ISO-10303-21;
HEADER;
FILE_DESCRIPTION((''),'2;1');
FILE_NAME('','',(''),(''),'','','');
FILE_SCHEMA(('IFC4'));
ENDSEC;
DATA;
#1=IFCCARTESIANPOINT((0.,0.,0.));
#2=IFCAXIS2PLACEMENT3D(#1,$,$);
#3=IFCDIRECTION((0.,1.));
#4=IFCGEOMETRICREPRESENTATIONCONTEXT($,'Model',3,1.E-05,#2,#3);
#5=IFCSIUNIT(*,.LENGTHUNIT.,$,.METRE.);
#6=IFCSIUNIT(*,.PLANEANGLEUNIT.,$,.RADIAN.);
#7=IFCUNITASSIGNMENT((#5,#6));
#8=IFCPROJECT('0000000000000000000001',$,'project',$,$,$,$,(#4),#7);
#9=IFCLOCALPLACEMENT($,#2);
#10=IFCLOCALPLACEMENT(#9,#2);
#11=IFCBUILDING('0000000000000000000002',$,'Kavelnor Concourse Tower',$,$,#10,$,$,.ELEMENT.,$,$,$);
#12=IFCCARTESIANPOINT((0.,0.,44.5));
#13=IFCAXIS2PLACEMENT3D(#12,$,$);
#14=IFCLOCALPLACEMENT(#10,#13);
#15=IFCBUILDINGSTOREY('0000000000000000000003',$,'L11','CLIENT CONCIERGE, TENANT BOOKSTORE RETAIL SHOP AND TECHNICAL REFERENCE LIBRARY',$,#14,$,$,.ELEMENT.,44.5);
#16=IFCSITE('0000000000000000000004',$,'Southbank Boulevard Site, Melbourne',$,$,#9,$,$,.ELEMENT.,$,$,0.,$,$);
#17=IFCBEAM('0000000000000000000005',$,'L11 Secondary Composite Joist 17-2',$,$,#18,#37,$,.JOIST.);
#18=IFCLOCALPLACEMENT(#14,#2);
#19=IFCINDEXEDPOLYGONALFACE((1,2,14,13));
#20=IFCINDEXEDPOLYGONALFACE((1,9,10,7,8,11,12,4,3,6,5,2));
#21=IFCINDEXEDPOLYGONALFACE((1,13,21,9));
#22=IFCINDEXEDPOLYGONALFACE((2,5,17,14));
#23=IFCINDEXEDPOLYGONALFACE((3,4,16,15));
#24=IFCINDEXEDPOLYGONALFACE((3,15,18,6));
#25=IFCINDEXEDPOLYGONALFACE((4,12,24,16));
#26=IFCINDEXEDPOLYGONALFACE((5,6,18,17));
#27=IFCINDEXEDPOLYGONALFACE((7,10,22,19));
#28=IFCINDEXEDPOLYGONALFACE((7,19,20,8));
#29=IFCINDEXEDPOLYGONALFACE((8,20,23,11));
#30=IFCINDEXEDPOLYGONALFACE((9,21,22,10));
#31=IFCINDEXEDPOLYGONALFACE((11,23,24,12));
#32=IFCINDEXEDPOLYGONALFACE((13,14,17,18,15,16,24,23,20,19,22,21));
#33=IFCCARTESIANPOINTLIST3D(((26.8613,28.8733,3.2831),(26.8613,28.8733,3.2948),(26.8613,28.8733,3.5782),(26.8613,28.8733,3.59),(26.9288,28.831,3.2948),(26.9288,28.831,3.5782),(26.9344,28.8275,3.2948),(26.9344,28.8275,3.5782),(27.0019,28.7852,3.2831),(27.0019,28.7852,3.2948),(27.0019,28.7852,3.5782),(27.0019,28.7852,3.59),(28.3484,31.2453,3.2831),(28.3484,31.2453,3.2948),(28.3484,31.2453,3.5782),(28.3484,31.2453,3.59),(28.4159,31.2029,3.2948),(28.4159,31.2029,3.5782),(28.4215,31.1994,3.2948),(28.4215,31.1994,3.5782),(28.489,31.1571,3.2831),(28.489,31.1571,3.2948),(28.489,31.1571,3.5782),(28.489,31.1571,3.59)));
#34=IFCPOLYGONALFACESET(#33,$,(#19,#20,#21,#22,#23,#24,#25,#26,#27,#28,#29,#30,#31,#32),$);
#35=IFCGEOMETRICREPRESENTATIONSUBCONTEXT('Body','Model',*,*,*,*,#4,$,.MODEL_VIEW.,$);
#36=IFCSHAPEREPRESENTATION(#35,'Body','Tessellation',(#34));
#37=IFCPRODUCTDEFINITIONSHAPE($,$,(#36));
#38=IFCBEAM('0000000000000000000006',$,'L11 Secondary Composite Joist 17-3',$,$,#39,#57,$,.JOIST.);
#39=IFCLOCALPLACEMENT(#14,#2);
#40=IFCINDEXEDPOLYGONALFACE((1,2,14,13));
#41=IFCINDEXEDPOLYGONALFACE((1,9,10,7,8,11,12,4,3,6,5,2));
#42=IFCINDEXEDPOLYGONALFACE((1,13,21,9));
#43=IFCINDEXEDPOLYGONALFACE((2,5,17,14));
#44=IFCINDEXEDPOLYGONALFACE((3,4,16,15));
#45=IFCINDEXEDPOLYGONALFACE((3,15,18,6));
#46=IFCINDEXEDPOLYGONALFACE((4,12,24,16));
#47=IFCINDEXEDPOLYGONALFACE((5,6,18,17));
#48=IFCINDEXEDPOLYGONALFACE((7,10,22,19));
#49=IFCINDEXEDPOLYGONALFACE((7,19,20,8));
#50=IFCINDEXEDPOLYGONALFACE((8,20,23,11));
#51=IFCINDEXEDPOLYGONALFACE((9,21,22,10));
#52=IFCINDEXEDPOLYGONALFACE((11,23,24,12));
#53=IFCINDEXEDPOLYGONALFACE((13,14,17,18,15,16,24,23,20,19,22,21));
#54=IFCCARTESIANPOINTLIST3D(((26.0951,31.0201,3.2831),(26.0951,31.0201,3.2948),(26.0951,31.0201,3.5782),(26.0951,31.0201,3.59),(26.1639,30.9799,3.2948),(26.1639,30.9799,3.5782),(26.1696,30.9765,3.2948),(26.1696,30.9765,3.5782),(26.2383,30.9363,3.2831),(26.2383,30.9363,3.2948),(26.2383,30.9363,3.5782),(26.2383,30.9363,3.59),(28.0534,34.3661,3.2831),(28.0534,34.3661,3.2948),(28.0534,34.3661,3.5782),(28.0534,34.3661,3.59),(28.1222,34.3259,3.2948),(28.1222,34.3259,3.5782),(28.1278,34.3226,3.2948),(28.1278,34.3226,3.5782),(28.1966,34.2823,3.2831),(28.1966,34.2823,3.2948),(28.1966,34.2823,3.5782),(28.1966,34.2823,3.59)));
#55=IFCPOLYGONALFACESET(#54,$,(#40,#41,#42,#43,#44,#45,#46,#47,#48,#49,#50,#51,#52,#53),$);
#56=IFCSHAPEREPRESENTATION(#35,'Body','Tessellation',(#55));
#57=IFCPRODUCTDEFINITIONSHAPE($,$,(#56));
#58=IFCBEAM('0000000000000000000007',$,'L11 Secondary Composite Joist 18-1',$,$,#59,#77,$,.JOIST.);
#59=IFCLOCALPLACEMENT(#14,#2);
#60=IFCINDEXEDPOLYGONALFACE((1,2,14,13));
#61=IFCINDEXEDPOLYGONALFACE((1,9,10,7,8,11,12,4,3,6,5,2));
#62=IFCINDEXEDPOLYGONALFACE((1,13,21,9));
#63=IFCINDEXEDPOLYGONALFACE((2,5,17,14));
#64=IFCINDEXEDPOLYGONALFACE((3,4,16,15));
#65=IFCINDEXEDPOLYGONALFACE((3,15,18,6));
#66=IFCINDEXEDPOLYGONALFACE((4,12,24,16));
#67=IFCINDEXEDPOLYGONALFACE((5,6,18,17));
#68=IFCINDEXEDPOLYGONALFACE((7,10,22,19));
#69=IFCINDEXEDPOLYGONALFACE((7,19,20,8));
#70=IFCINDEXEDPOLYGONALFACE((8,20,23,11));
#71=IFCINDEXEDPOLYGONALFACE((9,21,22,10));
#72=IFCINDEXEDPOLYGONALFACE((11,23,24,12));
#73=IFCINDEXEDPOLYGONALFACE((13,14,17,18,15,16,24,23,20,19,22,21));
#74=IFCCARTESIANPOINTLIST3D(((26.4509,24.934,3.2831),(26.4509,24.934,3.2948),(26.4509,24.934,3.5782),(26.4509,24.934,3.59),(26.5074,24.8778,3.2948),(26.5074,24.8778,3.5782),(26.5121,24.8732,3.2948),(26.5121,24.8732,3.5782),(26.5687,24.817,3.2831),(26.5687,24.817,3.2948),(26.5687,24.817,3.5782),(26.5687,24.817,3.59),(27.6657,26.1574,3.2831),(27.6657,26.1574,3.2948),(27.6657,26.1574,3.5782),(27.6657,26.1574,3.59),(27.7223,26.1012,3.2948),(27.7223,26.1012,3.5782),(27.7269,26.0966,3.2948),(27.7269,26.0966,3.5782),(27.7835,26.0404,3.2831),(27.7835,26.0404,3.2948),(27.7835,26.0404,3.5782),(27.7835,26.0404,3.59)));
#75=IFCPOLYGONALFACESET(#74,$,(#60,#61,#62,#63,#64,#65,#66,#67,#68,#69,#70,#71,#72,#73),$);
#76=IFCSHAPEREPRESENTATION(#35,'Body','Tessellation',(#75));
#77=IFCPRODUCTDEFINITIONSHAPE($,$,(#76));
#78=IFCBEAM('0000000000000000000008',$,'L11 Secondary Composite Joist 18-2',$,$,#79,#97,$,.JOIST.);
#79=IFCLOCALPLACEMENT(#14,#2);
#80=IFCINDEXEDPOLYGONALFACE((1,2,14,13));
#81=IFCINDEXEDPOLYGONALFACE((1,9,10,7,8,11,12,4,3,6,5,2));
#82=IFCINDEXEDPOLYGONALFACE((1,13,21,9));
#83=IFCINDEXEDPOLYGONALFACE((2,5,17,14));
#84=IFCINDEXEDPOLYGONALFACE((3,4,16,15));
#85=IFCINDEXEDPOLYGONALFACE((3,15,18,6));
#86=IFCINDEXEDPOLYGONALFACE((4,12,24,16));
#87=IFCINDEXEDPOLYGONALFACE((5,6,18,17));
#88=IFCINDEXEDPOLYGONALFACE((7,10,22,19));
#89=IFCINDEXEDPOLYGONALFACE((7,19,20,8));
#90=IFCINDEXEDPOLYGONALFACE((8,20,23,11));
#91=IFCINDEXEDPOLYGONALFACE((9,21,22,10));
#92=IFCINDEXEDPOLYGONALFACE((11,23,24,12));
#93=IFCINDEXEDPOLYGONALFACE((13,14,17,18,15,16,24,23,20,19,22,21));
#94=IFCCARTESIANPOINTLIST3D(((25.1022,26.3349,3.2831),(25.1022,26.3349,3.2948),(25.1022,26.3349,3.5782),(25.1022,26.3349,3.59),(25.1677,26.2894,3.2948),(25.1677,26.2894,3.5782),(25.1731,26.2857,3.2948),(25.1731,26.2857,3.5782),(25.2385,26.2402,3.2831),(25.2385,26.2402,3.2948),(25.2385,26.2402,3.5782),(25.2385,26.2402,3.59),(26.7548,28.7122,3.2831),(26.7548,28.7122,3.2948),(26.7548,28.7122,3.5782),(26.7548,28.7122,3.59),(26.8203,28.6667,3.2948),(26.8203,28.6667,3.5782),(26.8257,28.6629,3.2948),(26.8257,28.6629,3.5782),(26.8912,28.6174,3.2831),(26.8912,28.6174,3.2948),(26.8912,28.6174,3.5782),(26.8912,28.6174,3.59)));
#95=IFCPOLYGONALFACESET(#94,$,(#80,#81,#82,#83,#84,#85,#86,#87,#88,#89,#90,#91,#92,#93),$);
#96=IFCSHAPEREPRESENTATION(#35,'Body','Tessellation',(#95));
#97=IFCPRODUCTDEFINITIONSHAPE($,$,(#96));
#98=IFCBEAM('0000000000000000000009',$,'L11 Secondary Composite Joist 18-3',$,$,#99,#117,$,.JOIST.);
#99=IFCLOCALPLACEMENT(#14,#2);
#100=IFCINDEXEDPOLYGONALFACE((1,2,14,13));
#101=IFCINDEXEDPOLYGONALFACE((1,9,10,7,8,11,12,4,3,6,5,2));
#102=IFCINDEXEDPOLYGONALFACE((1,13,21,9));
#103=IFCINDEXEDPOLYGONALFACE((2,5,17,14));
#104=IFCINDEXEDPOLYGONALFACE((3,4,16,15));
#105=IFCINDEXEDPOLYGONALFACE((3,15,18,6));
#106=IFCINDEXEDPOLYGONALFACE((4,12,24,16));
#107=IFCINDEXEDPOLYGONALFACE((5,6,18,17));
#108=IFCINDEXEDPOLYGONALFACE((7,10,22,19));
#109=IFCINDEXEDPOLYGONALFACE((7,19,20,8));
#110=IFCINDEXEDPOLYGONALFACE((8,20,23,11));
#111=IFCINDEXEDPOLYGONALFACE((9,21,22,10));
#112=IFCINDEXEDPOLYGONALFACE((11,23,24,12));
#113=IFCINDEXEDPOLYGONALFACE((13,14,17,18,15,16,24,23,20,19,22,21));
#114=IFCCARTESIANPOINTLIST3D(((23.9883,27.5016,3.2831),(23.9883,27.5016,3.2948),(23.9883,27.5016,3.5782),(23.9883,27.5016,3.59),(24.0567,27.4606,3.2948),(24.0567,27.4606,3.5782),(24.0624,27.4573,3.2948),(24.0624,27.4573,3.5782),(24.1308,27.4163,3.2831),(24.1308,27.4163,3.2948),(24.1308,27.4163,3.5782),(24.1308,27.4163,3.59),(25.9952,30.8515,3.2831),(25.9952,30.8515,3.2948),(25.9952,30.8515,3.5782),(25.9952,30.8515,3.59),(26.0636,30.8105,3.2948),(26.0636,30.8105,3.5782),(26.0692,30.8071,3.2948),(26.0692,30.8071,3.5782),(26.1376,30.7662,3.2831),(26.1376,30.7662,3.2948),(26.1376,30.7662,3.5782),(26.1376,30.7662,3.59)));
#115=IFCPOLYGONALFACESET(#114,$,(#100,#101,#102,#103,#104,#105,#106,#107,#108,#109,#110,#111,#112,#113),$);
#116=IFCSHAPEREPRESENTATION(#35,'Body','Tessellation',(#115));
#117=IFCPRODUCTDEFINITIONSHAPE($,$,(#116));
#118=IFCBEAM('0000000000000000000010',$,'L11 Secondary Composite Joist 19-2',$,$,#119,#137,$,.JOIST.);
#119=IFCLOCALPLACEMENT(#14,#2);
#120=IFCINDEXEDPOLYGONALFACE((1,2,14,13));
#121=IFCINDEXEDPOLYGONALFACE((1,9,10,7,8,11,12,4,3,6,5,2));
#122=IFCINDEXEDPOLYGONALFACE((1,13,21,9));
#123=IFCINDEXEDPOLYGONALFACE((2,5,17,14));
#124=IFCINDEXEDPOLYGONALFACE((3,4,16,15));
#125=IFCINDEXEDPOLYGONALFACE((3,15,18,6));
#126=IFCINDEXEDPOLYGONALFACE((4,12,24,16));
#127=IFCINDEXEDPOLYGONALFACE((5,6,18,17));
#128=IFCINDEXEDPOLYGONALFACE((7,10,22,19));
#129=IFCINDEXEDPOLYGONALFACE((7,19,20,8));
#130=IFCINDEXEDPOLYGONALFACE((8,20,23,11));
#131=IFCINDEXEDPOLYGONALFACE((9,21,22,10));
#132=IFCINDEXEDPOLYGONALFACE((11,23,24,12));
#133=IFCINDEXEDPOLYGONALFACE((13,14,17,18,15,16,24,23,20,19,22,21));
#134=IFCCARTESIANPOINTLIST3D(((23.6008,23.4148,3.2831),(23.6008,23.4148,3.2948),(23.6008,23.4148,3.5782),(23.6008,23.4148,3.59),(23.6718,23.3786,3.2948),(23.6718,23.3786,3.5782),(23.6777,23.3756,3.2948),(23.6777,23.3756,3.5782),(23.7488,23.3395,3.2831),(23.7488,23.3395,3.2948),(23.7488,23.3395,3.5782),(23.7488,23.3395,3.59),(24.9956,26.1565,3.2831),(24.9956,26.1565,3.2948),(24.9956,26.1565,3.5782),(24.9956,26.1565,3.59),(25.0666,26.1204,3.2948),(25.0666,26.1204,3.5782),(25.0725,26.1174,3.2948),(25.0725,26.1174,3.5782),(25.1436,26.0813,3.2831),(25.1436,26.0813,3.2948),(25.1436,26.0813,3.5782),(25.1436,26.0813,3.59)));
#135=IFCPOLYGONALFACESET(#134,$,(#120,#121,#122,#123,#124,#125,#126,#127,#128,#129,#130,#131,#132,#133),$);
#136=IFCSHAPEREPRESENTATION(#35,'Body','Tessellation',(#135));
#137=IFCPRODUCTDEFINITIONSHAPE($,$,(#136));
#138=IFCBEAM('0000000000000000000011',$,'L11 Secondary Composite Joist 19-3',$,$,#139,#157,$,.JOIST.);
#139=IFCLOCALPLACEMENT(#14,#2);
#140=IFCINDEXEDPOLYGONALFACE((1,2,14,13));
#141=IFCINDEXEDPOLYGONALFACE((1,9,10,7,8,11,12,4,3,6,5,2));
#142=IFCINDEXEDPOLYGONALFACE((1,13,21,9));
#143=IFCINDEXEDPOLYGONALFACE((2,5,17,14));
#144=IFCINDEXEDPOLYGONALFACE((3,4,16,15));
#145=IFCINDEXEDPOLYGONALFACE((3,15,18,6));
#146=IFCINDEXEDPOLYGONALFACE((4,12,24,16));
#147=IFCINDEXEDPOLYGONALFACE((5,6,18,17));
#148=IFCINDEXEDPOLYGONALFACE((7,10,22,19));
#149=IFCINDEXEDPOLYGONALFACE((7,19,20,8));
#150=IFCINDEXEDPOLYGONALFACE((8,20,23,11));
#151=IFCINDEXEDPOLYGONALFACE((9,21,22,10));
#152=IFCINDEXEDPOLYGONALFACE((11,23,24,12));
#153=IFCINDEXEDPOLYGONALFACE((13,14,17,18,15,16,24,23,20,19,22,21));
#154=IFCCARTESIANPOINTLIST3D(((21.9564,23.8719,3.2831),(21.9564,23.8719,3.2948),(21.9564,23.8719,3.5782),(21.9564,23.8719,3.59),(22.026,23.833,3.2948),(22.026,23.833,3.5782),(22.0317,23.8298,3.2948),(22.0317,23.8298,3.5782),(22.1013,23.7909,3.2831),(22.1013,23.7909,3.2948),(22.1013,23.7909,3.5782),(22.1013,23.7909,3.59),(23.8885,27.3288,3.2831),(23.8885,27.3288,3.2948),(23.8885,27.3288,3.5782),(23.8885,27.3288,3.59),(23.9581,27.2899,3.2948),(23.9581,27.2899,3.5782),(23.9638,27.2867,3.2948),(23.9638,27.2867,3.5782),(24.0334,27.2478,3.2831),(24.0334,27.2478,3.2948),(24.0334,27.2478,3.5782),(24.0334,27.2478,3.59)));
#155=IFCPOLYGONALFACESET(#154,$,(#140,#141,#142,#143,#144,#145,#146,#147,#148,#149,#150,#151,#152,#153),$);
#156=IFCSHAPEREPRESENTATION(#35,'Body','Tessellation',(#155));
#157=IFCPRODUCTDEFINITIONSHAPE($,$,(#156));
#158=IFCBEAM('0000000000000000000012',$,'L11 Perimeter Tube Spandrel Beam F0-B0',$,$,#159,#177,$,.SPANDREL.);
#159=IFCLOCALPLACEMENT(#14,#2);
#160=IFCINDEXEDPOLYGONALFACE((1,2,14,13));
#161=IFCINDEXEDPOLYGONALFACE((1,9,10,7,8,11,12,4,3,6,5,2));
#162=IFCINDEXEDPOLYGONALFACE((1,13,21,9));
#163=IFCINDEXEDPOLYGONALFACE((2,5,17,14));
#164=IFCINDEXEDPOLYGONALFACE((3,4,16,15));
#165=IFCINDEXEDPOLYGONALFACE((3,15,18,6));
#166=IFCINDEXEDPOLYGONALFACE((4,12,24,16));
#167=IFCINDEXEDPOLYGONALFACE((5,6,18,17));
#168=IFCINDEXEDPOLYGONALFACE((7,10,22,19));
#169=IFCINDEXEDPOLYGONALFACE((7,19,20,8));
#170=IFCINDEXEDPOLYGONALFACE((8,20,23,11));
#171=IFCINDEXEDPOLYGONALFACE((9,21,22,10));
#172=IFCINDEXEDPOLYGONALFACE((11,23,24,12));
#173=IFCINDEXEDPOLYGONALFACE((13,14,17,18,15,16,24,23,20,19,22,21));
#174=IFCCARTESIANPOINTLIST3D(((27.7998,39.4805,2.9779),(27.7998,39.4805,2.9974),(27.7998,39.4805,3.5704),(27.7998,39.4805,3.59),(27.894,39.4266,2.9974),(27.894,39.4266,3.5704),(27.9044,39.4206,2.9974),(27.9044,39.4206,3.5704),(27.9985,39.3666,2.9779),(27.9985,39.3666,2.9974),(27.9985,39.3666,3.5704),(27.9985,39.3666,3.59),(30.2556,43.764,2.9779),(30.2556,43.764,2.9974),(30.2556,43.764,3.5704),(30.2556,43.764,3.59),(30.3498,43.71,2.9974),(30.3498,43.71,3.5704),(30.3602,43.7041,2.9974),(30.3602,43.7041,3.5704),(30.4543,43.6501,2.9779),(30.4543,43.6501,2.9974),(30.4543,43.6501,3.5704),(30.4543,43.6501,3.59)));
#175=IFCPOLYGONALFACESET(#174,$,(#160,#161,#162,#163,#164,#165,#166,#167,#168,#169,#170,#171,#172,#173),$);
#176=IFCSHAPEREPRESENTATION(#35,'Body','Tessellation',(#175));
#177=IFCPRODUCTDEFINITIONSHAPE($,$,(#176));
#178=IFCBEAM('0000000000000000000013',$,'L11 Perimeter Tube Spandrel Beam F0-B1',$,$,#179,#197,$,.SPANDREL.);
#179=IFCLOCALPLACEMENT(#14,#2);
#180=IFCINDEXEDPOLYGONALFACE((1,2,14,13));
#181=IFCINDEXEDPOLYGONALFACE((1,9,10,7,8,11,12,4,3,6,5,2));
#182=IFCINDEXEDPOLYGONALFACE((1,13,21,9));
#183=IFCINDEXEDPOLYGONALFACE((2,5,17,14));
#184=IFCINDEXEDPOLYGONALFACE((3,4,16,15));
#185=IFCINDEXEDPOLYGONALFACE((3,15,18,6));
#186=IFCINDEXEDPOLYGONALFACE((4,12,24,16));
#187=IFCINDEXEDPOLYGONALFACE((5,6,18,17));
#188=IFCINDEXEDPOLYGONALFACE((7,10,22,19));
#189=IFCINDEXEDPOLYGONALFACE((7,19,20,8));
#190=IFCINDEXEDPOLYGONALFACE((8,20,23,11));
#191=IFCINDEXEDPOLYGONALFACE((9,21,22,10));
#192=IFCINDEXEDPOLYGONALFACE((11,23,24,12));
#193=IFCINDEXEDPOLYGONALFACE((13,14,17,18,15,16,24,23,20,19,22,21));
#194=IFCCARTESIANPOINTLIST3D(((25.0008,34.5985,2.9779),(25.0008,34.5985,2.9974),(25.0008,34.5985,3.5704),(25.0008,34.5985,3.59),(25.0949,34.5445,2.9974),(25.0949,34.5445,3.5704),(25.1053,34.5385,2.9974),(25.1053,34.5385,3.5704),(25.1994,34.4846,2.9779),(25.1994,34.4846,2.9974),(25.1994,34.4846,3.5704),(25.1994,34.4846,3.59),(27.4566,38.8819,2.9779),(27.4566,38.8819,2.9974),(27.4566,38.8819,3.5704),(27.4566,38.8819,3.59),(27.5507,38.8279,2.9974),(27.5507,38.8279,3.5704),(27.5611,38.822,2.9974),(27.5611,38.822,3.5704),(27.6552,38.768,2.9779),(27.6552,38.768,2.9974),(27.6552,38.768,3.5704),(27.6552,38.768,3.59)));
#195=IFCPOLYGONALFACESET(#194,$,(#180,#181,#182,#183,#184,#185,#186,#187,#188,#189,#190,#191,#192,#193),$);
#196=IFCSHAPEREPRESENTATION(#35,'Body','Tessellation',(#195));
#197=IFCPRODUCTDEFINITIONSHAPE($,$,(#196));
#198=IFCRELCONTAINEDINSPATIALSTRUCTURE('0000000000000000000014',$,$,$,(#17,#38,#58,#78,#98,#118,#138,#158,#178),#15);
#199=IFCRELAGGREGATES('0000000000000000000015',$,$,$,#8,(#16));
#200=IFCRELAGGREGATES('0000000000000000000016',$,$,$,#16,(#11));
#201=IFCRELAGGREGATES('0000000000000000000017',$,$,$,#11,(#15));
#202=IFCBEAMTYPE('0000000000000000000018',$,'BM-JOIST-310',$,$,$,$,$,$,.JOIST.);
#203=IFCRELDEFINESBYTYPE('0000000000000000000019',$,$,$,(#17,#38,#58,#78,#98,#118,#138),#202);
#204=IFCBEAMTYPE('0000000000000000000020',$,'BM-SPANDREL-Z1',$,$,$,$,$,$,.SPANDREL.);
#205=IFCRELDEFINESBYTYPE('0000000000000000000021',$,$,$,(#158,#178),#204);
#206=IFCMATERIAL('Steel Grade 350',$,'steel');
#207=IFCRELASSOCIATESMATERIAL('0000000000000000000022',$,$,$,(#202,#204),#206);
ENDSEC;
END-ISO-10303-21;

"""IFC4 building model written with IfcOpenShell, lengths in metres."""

from ifc_helpers import new_model, si_unit, direction, frame, origin, origin_2d, place, context, subcontext, project, spatial, i_section, extrude, material, material_profile, profile_set, type_object, element, save


model = new_model("IFC4")

# Units and contexts
model_context = context("Model", 3, precision=1e-05, world=origin(), true_north=direction((0.0, 1.0)))
body_context = subcontext(model_context, "Body", "Model", "MODEL_VIEW")
ifc_project = project(units=[si_unit("LENGTHUNIT", "METRE"), si_unit("PLANEANGLEUNIT", "RADIAN")], contexts=[model_context])

# Site, building, storey
site_placement = place(None, origin())
site = spatial("IfcSite", under=ifc_project, at=site_placement, Name="Southbank Boulevard Site, Melbourne", CompositionType="ELEMENT", RefElevation=0.0)
building_placement = place(site_placement, origin())
building = spatial("IfcBuilding", under=site, at=building_placement, Name="Kavelnor Concourse Tower", CompositionType="ELEMENT")
storey_placement = place(building_placement, frame((0.0, 0.0, 44.5)))
storey = spatial("IfcBuildingStorey", under=building, at=storey_placement, Name="L11", Description="CLIENT CONCIERGE, TENANT BOOKSTORE RETAIL SHOP AND TECHNICAL REFERENCE LIBRARY", CompositionType="ELEMENT", Elevation=44.5)

# Shared definitions
ifc_material_1 = material(Name="Steel Grade 350", Category="steel")

# Beams
ifc_material_profile_1 = material_profile(ifc_material_1, i_section(OverallWidth=0.166, OverallDepth=0.3069, WebThickness=0.0066, FlangeThickness=0.0117, at=origin_2d()), Name="310UB46")
ifc_profile_set_1 = profile_set([ifc_material_profile_1], Name="Steel Grade 350")
beam_type_1 = type_object("IfcBeamType", Name="BM-JOIST-310", PredefinedType="JOIST", material=ifc_profile_set_1)
beam_1_placement = place(storey_placement, frame((28.4187, 31.2012, 3.4365), z_axis=(-0.531198, -0.847248, 0.0), x_axis=(0.847248, -0.531198, 0.0)))
element("IfcBeam", 1, at=beam_1_placement, inside=storey, type_object=beam_type_1, Name="L11 Secondary Composite Joist 17-2", PredefinedType="JOIST", context=body_context, shape_type="SweptSolid", body=[
    extrude(i_section(OverallWidth=0.166, OverallDepth=0.3069, WebThickness=0.0066, FlangeThickness=0.0117, at=origin_2d()), origin(), (0.0, 0.0, 1.0), 2.7996),
])
beam_2_placement = place(storey_placement, frame((28.125, 34.3242, 3.4365), z_axis=(-0.505112, -0.863054, 0.0), x_axis=(0.863054, -0.505112, 0.0)))
element("IfcBeam", 2, at=beam_2_placement, inside=storey, type_object=beam_type_1, Name="L11 Secondary Composite Joist 17-3", PredefinedType="JOIST", context=body_context, shape_type="SweptSolid", body=[
    extrude(i_section(OverallWidth=0.166, OverallDepth=0.3069, WebThickness=0.0066, FlangeThickness=0.0117, at=origin_2d()), origin(), (0.0, 0.0, 1.0), 3.877),
])
beam_3_placement = place(storey_placement, frame((27.7246, 26.0989, 3.4365), z_axis=(-0.704624, -0.709581, 0.0), x_axis=(0.709581, -0.704624, 0.0)))
element("IfcBeam", 3, at=beam_3_placement, inside=storey, type_object=beam_type_1, Name="L11 Secondary Composite Joist 18-1", PredefinedType="JOIST", context=body_context, shape_type="SweptSolid", body=[
    extrude(i_section(OverallWidth=0.166, OverallDepth=0.3069, WebThickness=0.0066, FlangeThickness=0.0117, at=origin_2d()), origin(), (0.0, 0.0, 1.0), 1.7241),
])
beam_4_placement = place(storey_placement, frame((26.823, 28.6648, 3.4365), z_axis=(-0.570805, -0.821086, 0.0), x_axis=(0.821086, -0.570805, 0.0)))
element("IfcBeam", 4, at=beam_4_placement, inside=storey, type_object=beam_type_1, Name="L11 Secondary Composite Joist 18-2", PredefinedType="JOIST", context=body_context, shape_type="SweptSolid", body=[
    extrude(i_section(OverallWidth=0.166, OverallDepth=0.3069, WebThickness=0.0066, FlangeThickness=0.0117, at=origin_2d()), origin(), (0.0, 0.0, 1.0), 2.8953),
])
beam_5_placement = place(storey_placement, frame((26.0664, 30.8088, 3.4365), z_axis=(-0.513916, -0.85784, 0.0), x_axis=(0.85784, -0.513916, 0.0)))
element("IfcBeam", 5, at=beam_5_placement, inside=storey, type_object=beam_type_1, Name="L11 Secondary Composite Joist 18-3", PredefinedType="JOIST", context=body_context, shape_type="SweptSolid", body=[
    extrude(i_section(OverallWidth=0.166, OverallDepth=0.3069, WebThickness=0.0066, FlangeThickness=0.0117, at=origin_2d()), origin(), (0.0, 0.0, 1.0), 3.905),
])
beam_6_placement = place(storey_placement, frame((25.0696, 26.1189, 3.4365), z_axis=(-0.453425, -0.891294, 0.0), x_axis=(0.891294, -0.453425, 0.0)))
element("IfcBeam", 6, at=beam_6_placement, inside=storey, type_object=beam_type_1, Name="L11 Secondary Composite Joist 19-2", PredefinedType="JOIST", context=body_context, shape_type="SweptSolid", body=[
    extrude(i_section(OverallWidth=0.166, OverallDepth=0.3069, WebThickness=0.0066, FlangeThickness=0.0117, at=origin_2d()), origin(), (0.0, 0.0, 1.0), 3.0762),
])
beam_7_placement = place(storey_placement, frame((23.9609, 27.2883, 3.4365), z_axis=(-0.487871, -0.872916, 0.0), x_axis=(0.872916, -0.487871, 0.0)))
element("IfcBeam", 7, at=beam_7_placement, inside=storey, type_object=beam_type_1, Name="L11 Secondary Composite Joist 19-3", PredefinedType="JOIST", context=body_context, shape_type="SweptSolid", body=[
    extrude(i_section(OverallWidth=0.166, OverallDepth=0.3069, WebThickness=0.0066, FlangeThickness=0.0117, at=origin_2d()), origin(), (0.0, 0.0, 1.0), 3.9602),
])
ifc_material_profile_2 = material_profile(ifc_material_1, i_section(OverallWidth=0.229, OverallDepth=0.6121, WebThickness=0.012, FlangeThickness=0.0195, at=origin_2d()), Name="610UB125")
ifc_profile_set_2 = profile_set([ifc_material_profile_2], Name="Steel Grade 350")
beam_type_2 = type_object("IfcBeamType", Name="BM-SPANDREL-Z1", PredefinedType="SPANDREL", material=ifc_profile_set_2)
for number, where, z_axis, x_axis, name in (
    (8, (30.355, 43.707, 3.2839), (-0.497379, -0.867533, 0.0), (0.867533, -0.497379, 0.0), "L11 Perimeter Tube Spandrel Beam F0-B0"),
    (9, (27.5559, 38.825, 3.2839), (-0.497379, -0.867533, 0.0), (0.867533, -0.497379, 0.0), "L11 Perimeter Tube Spandrel Beam F0-B1"),
):
    element("IfcBeam", number, at=place(storey_placement, frame(where, z_axis=z_axis, x_axis=x_axis)), inside=storey, type_object=beam_type_2, Name=name, PredefinedType="SPANDREL", context=body_context, shape_type="SweptSolid", body=[
        extrude(i_section(OverallWidth=0.229, OverallDepth=0.6121, WebThickness=0.012, FlangeThickness=0.0195, at=origin_2d()), origin(), (0.0, 0.0, 1.0), 4.9375),
    ])

save(model, "model.ifc")
